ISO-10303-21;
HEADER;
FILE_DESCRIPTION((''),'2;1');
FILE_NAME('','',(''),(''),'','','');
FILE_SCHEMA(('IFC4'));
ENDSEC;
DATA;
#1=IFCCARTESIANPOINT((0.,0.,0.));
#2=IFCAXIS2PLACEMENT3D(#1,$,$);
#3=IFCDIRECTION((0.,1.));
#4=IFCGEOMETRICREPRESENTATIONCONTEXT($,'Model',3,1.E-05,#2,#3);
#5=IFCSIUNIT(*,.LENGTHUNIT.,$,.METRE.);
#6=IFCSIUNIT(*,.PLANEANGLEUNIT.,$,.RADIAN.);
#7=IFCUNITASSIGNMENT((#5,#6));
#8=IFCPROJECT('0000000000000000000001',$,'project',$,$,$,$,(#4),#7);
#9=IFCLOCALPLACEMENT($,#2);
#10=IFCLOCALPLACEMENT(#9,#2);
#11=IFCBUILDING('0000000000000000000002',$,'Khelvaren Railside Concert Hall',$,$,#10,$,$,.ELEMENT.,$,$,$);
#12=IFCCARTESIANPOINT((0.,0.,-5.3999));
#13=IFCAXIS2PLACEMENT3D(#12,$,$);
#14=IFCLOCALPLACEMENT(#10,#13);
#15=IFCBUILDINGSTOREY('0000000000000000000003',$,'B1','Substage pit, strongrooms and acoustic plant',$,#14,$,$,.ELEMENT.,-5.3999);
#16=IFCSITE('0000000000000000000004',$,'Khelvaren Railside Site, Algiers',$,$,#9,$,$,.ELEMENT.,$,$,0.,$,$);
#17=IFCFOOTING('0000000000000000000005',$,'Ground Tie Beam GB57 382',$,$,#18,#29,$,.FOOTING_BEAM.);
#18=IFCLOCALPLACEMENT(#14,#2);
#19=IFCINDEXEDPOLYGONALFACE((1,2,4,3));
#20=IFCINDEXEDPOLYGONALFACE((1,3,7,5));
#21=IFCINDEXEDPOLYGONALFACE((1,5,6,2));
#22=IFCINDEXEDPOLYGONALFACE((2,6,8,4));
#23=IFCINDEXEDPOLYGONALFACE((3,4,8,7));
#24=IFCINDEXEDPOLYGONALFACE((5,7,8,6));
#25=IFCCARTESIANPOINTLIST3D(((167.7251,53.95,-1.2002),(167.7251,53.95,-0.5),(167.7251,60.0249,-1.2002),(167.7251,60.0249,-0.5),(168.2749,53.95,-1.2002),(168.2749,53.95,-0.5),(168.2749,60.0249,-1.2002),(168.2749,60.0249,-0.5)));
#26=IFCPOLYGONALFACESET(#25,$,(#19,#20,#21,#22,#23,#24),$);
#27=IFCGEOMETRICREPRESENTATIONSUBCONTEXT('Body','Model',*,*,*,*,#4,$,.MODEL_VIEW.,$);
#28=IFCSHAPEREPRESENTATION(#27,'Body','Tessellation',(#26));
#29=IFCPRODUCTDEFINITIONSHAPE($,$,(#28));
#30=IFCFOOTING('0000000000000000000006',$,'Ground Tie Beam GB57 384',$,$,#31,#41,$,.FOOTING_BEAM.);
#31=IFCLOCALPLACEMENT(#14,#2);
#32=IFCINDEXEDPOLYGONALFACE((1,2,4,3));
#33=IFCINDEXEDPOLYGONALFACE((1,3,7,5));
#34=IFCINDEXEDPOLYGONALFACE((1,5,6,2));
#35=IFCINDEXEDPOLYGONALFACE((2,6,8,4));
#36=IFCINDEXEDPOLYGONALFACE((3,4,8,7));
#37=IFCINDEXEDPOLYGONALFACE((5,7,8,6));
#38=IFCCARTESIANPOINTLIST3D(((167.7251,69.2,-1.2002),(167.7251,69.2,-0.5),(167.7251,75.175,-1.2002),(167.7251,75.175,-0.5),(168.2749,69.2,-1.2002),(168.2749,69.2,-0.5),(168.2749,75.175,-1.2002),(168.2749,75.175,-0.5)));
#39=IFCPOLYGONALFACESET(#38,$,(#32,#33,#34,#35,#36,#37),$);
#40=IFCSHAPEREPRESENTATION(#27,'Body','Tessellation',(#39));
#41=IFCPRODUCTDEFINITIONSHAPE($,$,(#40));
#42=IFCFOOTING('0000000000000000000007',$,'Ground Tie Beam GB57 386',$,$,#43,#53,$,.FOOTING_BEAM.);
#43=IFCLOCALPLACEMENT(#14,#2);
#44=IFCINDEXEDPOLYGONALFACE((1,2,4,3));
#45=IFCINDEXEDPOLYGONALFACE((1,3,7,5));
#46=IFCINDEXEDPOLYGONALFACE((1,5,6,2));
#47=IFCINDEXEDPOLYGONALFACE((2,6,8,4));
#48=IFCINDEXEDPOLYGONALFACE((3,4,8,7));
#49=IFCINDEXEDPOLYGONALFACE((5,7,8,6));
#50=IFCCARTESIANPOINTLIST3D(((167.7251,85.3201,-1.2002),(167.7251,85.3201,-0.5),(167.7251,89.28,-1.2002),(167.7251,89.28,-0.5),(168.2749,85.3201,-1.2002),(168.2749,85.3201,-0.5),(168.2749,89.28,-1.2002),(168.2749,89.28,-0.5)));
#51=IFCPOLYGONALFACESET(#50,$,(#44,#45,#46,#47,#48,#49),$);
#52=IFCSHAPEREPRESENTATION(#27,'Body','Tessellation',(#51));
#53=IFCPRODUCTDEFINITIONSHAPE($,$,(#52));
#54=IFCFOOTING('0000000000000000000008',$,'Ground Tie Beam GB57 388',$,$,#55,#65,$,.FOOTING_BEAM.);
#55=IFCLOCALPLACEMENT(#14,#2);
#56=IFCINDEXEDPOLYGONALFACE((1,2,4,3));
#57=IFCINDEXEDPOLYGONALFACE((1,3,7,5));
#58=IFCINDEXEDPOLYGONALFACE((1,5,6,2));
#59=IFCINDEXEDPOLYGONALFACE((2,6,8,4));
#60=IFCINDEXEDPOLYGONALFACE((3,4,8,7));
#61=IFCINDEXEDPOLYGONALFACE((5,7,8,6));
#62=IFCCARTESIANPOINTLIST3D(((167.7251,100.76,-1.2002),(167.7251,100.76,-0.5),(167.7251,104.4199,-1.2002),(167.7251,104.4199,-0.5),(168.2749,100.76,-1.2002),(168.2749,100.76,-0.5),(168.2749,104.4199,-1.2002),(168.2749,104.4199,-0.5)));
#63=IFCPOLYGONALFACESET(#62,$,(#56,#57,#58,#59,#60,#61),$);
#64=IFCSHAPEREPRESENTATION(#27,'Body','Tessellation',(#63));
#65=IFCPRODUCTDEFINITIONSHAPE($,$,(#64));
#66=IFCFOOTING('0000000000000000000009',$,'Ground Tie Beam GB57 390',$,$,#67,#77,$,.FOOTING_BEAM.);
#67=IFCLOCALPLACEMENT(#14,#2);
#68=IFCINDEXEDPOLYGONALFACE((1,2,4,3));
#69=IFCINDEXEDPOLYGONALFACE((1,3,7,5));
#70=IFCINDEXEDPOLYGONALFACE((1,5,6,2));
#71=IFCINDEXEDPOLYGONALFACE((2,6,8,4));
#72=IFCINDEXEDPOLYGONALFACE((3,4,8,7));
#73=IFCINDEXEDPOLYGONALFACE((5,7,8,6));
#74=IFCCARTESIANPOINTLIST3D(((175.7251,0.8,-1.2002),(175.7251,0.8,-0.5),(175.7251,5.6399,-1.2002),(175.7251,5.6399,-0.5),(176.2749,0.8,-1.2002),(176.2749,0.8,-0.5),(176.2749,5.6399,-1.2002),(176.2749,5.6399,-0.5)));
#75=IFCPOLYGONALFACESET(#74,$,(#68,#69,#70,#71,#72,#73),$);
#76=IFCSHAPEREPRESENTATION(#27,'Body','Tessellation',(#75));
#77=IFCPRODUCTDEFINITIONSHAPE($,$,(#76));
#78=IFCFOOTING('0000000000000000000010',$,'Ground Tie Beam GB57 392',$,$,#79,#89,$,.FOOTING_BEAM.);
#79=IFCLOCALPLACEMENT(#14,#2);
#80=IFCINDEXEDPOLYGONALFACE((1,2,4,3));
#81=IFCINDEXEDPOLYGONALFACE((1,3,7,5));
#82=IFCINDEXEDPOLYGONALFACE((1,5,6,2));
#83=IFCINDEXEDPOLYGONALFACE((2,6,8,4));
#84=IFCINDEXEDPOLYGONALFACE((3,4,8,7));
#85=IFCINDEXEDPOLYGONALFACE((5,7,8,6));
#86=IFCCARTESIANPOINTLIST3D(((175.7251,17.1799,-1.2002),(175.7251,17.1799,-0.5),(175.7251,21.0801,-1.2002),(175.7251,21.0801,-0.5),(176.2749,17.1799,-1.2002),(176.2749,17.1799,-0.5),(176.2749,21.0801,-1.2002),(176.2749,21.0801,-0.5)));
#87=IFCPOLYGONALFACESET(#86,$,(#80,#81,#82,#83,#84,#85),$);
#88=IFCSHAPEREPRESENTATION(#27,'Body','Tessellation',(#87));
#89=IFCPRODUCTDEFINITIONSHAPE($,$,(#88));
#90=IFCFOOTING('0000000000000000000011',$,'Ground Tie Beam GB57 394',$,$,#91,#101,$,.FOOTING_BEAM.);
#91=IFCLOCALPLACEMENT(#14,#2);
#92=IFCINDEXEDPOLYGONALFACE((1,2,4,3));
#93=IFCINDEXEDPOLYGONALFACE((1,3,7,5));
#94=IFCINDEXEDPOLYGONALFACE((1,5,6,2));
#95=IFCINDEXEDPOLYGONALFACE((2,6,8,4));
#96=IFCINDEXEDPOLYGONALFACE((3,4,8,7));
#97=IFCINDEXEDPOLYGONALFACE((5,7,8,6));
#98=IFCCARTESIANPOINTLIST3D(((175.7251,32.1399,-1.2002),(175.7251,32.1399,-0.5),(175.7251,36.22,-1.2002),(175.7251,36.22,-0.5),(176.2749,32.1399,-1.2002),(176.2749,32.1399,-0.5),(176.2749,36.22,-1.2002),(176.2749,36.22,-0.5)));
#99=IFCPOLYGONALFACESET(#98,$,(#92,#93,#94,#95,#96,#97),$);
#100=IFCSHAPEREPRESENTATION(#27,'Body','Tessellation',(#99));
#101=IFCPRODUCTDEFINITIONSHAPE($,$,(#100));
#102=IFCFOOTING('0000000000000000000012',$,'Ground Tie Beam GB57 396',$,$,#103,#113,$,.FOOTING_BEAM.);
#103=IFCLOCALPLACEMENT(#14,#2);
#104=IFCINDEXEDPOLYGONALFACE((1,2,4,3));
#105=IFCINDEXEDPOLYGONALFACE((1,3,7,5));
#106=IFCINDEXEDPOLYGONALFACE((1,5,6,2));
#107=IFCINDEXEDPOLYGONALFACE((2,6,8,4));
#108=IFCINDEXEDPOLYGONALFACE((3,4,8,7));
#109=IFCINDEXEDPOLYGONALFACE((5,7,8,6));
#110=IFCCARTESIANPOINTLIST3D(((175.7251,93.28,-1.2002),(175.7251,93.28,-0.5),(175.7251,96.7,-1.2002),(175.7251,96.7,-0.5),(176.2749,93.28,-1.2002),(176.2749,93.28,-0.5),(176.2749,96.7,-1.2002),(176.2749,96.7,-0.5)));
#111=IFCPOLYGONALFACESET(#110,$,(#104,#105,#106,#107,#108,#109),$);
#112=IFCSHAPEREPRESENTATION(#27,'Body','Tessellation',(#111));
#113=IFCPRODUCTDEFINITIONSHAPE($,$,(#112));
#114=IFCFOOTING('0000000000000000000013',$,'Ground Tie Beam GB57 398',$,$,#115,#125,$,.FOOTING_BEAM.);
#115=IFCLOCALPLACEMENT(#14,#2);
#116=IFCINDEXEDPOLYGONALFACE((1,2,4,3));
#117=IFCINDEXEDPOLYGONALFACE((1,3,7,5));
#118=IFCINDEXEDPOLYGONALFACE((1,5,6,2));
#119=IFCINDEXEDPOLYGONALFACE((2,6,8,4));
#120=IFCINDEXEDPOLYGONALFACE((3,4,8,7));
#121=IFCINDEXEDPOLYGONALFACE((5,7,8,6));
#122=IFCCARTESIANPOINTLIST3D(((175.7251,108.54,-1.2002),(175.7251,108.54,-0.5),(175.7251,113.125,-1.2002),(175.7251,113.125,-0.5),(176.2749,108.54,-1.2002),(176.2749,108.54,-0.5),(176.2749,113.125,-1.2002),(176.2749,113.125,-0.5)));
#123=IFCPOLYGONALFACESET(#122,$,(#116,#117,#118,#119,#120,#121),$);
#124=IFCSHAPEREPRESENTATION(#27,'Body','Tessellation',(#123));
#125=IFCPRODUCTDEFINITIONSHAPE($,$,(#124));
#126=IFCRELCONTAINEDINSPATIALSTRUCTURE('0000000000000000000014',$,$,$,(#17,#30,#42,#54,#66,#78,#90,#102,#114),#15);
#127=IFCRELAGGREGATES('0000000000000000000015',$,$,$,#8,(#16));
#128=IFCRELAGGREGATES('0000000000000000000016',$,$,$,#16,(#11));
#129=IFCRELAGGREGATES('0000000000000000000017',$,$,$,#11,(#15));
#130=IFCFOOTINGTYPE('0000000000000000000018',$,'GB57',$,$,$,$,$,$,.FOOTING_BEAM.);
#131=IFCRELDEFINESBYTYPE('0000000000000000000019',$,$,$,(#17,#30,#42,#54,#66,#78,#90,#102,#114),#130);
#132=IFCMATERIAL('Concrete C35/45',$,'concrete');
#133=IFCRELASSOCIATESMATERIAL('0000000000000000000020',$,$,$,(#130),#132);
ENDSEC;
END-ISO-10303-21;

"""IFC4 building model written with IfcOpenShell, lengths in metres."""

from ifc_helpers import new_model, si_unit, direction, frame, origin, place, context, subcontext, project, spatial, polyline, outline, extrude, material, type_object, element, save


model = new_model("IFC4")

# Units and contexts
model_context = context("Model", 3, precision=1e-05, world=origin(), true_north=direction((0.0, 1.0)))
body_context = subcontext(model_context, "Body", "Model", "MODEL_VIEW")
ifc_project = project(units=[si_unit("LENGTHUNIT", "METRE"), si_unit("PLANEANGLEUNIT", "RADIAN")], contexts=[model_context])

# Site, building, storey
site_placement = place(None, origin())
site = spatial("IfcSite", under=ifc_project, at=site_placement, Name="Khelvaren Railside Site, Algiers", CompositionType="ELEMENT", RefElevation=0.0)
building_placement = place(site_placement, origin())
building = spatial("IfcBuilding", under=site, at=building_placement, Name="Khelvaren Railside Concert Hall", CompositionType="ELEMENT")
storey_placement = place(building_placement, frame((0.0, 0.0, -5.3999)))
storey = spatial("IfcBuildingStorey", under=building, at=storey_placement, Name="B1", Description="Substage pit, strongrooms and acoustic plant", CompositionType="ELEMENT", Elevation=-5.3999)

# Shared definitions
ifc_material = material(Name="Concrete C35/45", Category="concrete")

# Footings
footing_type_1 = type_object("IfcFootingType", Name="GB57", PredefinedType="FOOTING_BEAM", material=ifc_material)
footing_1_placement = place(storey_placement, frame((0.0, 0.0, -1.2002)))
element("IfcFooting", 1, at=footing_1_placement, inside=storey, type_object=footing_type_1, Name="Ground Tie Beam GB57 382", PredefinedType="FOOTING_BEAM", context=body_context, shape_type="SweptSolid", body=[
    extrude(outline(polyline([(167.7251, 53.95), (168.2749, 53.95), (168.2749, 60.0249), (167.7251, 60.0249), (167.7251, 53.95)])), origin(), (0.0, 0.0, 1.0), 0.7002),
])
footing_2_placement = place(storey_placement, frame((0.0, 0.0, -1.2002)))
element("IfcFooting", 2, at=footing_2_placement, inside=storey, type_object=footing_type_1, Name="Ground Tie Beam GB57 384", PredefinedType="FOOTING_BEAM", context=body_context, shape_type="SweptSolid", body=[
    extrude(outline(polyline([(167.7251, 69.2), (168.2749, 69.2), (168.2749, 75.175), (167.7251, 75.175), (167.7251, 69.2)])), origin(), (0.0, 0.0, 1.0), 0.7002),
])
footing_3_placement = place(storey_placement, frame((0.0, 0.0, -1.2002)))
element("IfcFooting", 3, at=footing_3_placement, inside=storey, type_object=footing_type_1, Name="Ground Tie Beam GB57 386", PredefinedType="FOOTING_BEAM", context=body_context, shape_type="SweptSolid", body=[
    extrude(outline(polyline([(167.7251, 85.3201), (168.2749, 85.3201), (168.2749, 89.28), (167.7251, 89.28), (167.7251, 85.3201)])), origin(), (0.0, 0.0, 1.0), 0.7002),
])
footing_4_placement = place(storey_placement, frame((0.0, 0.0, -1.2002)))
element("IfcFooting", 4, at=footing_4_placement, inside=storey, type_object=footing_type_1, Name="Ground Tie Beam GB57 388", PredefinedType="FOOTING_BEAM", context=body_context, shape_type="SweptSolid", body=[
    extrude(outline(polyline([(167.7251, 100.76), (168.2749, 100.76), (168.2749, 104.4199), (167.7251, 104.4199), (167.7251, 100.76)])), origin(), (0.0, 0.0, 1.0), 0.7002),
])
footing_5_placement = place(storey_placement, frame((0.0, 0.0, -1.2002)))
element("IfcFooting", 5, at=footing_5_placement, inside=storey, type_object=footing_type_1, Name="Ground Tie Beam GB57 390", PredefinedType="FOOTING_BEAM", context=body_context, shape_type="SweptSolid", body=[
    extrude(outline(polyline([(175.7251, 0.8), (176.2749, 0.8), (176.2749, 5.6399), (175.7251, 5.6399), (175.7251, 0.8)])), origin(), (0.0, 0.0, 1.0), 0.7002),
])
footing_6_placement = place(storey_placement, frame((0.0, 0.0, -1.2002)))
element("IfcFooting", 6, at=footing_6_placement, inside=storey, type_object=footing_type_1, Name="Ground Tie Beam GB57 392", PredefinedType="FOOTING_BEAM", context=body_context, shape_type="SweptSolid", body=[
    extrude(outline(polyline([(175.7251, 17.1799), (176.2749, 17.1799), (176.2749, 21.0801), (175.7251, 21.0801), (175.7251, 17.1799)])), origin(), (0.0, 0.0, 1.0), 0.7002),
])
footing_7_placement = place(storey_placement, frame((0.0, 0.0, -1.2002)))
element("IfcFooting", 7, at=footing_7_placement, inside=storey, type_object=footing_type_1, Name="Ground Tie Beam GB57 394", PredefinedType="FOOTING_BEAM", context=body_context, shape_type="SweptSolid", body=[
    extrude(outline(polyline([(175.7251, 32.1399), (176.2749, 32.1399), (176.2749, 36.22), (175.7251, 36.22), (175.7251, 32.1399)])), origin(), (0.0, 0.0, 1.0), 0.7002),
])
footing_8_placement = place(storey_placement, frame((0.0, 0.0, -1.2002)))
element("IfcFooting", 8, at=footing_8_placement, inside=storey, type_object=footing_type_1, Name="Ground Tie Beam GB57 396", PredefinedType="FOOTING_BEAM", context=body_context, shape_type="SweptSolid", body=[
    extrude(outline(polyline([(175.7251, 93.28), (176.2749, 93.28), (176.2749, 96.7), (175.7251, 96.7), (175.7251, 93.28)])), origin(), (0.0, 0.0, 1.0), 0.7002),
])
footing_9_placement = place(storey_placement, frame((0.0, 0.0, -1.2002)))
element("IfcFooting", 9, at=footing_9_placement, inside=storey, type_object=footing_type_1, Name="Ground Tie Beam GB57 398", PredefinedType="FOOTING_BEAM", context=body_context, shape_type="SweptSolid", body=[
    extrude(outline(polyline([(175.7251, 108.54), (176.2749, 108.54), (176.2749, 113.125), (175.7251, 113.125), (175.7251, 108.54)])), origin(), (0.0, 0.0, 1.0), 0.7002),
])

save(model, "model.ifc")
